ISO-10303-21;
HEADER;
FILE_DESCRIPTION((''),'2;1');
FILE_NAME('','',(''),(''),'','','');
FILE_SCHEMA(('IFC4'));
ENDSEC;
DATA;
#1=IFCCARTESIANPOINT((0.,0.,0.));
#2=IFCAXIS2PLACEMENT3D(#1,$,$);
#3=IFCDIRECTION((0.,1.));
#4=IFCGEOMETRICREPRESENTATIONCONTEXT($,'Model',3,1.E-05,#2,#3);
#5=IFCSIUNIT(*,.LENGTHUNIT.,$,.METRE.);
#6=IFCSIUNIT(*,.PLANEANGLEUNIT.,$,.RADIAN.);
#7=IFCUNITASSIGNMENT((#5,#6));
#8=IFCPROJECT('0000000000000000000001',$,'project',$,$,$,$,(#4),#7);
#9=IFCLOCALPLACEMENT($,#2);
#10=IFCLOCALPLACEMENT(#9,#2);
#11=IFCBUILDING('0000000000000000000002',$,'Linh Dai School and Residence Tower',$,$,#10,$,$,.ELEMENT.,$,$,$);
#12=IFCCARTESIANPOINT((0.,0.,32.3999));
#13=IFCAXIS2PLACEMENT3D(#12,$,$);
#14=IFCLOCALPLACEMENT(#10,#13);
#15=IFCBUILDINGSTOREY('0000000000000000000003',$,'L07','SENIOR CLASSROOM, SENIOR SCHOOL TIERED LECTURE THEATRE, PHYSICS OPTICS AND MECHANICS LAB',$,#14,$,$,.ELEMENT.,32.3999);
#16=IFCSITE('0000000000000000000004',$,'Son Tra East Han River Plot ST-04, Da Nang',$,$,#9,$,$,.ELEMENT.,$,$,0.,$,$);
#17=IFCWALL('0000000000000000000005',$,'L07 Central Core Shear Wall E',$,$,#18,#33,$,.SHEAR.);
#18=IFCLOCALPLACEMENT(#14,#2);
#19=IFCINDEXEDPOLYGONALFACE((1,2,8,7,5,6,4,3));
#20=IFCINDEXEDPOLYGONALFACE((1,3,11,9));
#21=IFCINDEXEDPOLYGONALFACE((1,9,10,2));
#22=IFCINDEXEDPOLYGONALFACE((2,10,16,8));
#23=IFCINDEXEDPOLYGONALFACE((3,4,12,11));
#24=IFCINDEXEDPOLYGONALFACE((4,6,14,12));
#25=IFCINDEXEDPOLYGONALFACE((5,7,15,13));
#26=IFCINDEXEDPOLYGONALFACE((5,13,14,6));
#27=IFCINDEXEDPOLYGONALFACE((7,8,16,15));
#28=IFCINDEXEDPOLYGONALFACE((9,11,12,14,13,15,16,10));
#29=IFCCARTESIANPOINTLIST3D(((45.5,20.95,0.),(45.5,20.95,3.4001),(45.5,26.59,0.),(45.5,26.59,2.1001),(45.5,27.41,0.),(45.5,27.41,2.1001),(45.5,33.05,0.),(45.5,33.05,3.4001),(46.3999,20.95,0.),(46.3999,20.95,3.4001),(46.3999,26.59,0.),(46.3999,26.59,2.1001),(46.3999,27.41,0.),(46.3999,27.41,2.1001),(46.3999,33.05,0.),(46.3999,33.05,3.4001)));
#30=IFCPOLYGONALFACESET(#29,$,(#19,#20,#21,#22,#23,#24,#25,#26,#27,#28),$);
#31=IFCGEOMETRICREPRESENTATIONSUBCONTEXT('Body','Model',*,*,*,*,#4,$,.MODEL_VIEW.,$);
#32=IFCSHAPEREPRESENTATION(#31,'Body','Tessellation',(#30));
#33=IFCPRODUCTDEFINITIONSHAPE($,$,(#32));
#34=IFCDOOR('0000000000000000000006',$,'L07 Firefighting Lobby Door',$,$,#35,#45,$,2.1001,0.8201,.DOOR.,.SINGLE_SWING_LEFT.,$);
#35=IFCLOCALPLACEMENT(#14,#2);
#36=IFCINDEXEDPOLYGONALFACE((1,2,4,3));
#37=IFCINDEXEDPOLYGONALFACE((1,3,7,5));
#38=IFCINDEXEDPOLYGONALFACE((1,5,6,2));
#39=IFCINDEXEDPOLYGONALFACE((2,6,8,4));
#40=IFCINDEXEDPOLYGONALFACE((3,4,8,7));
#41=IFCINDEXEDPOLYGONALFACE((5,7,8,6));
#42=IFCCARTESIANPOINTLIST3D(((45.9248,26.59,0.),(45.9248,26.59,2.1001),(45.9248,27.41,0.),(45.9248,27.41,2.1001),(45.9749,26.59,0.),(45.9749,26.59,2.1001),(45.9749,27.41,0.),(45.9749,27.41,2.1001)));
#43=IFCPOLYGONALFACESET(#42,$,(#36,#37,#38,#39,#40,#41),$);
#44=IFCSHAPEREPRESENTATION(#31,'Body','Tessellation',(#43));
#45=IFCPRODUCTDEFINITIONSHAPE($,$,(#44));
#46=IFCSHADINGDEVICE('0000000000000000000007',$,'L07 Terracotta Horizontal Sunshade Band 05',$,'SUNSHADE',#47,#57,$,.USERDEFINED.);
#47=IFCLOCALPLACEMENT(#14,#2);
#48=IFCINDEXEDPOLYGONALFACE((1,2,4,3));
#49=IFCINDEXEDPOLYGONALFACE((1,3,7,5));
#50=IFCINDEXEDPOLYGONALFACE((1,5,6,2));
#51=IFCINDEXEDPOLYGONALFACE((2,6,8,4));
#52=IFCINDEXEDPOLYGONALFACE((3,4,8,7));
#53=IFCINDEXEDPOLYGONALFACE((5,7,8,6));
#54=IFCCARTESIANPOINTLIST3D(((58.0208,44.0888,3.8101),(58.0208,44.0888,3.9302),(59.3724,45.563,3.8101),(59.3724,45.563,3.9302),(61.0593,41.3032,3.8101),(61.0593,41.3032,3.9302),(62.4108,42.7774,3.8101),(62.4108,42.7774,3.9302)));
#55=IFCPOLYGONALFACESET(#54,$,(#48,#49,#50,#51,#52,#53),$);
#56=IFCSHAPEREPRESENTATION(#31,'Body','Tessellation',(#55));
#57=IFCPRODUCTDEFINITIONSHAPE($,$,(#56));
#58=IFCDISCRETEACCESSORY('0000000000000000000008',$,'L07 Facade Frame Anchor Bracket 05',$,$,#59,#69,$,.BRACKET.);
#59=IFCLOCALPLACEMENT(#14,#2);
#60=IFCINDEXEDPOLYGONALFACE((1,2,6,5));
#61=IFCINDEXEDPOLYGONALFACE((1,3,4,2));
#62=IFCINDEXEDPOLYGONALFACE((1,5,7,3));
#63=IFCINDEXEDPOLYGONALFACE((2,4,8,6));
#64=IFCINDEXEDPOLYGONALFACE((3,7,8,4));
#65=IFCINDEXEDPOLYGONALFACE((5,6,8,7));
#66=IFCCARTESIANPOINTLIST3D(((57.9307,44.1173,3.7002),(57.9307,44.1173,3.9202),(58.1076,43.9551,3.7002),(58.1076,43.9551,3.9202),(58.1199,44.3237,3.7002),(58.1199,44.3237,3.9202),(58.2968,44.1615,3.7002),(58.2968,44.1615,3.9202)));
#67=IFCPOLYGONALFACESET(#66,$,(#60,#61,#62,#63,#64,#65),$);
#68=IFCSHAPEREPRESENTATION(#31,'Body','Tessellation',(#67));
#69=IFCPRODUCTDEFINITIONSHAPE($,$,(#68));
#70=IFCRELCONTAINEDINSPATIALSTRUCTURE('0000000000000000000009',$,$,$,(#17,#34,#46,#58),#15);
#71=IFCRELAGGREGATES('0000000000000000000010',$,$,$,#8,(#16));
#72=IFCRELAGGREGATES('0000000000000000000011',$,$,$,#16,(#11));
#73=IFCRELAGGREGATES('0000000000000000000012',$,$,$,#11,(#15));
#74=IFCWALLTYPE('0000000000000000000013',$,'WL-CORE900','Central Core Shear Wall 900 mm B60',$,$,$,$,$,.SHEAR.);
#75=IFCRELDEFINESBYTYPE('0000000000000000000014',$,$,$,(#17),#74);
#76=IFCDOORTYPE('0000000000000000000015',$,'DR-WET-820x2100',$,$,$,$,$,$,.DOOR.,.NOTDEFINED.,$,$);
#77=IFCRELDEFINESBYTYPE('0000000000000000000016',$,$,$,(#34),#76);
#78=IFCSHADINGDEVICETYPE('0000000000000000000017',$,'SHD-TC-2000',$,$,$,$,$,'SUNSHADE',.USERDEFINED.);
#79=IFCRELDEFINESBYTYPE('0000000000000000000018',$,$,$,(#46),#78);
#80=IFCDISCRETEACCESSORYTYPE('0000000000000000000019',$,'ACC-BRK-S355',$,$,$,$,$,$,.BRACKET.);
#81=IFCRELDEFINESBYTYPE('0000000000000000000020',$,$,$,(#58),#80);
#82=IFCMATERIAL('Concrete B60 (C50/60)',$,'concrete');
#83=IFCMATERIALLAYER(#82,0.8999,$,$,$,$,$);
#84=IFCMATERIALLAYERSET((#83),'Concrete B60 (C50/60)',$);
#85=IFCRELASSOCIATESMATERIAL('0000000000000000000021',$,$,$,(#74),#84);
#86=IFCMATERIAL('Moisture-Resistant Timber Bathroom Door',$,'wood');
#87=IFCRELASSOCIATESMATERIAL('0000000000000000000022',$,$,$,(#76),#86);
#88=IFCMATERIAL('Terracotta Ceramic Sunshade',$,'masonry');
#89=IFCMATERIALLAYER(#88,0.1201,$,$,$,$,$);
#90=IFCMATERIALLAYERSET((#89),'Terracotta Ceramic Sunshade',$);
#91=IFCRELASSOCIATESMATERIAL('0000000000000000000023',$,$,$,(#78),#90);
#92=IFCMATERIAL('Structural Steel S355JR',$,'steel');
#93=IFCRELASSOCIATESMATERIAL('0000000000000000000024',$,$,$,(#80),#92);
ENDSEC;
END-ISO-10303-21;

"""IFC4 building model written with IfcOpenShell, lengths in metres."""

from ifc_helpers import new_model, si_unit, direction, frame, frame_2d, origin, origin_2d, place, context, subcontext, project, spatial, rectangle, extrude, source, transform, mapped, material, layer, layer_set, type_object, element, fill, save


model = new_model("IFC4")

# Units and contexts
model_context = context("Model", 3, precision=1e-05, world=origin(), true_north=direction((0.0, 1.0)))
body_context = subcontext(model_context, "Body", "Model", "MODEL_VIEW")
ifc_project = project(units=[si_unit("LENGTHUNIT", "METRE"), si_unit("PLANEANGLEUNIT", "RADIAN")], contexts=[model_context])

# Site, building, storey
site_placement = place(None, origin())
site = spatial("IfcSite", under=ifc_project, at=site_placement, Name="Son Tra East Han River Plot ST-04, Da Nang", CompositionType="ELEMENT", RefElevation=0.0)
building_placement = place(site_placement, origin())
building = spatial("IfcBuilding", under=site, at=building_placement, Name="Linh Dai School and Residence Tower", CompositionType="ELEMENT")
storey_placement = place(building_placement, frame((0.0, 0.0, 32.3999)))
storey = spatial("IfcBuildingStorey", under=building, at=storey_placement, Name="L07", Description="SENIOR CLASSROOM, SENIOR SCHOOL TIERED LECTURE THEATRE, PHYSICS OPTICS AND MECHANICS LAB", CompositionType="ELEMENT", Elevation=32.3999)

# Shared definitions
ifc_material_1 = material(Name="Concrete B60 (C50/60)", Category="concrete")
ifc_material_2 = material(Name="Structural Steel S355JR", Category="steel")

# Wall, opening, door
ifc_layer_1 = layer(ifc_material_1, 0.8999)
ifc_layer_set_1 = layer_set([ifc_layer_1], Name="Concrete B60 (C50/60)")
wall_type_1 = type_object("IfcWallType", Name="WL-CORE900", Description="Central Core Shear Wall 900 mm B60", PredefinedType="SHEAR", material=ifc_layer_set_1)
wall_1_placement = place(storey_placement, frame((45.95, 33.05, 0.0), z_axis=(0.0, 0.0, 1.0), x_axis=(0.0, -1.0, 0.0)))
wall_1 = element("IfcWall", 1, at=wall_1_placement, inside=storey, type_object=wall_type_1, Name="L07 Central Core Shear Wall E", PredefinedType="SHEAR", context=body_context, shape_type="SweptSolid", body=[
    extrude(rectangle(XDim=12.1001, YDim=0.8999, at=frame_2d((6.05, 0.0))), origin(), (0.0, 0.0, 1.0), 3.4001),
])
opening_1_placement = place(wall_1_placement, frame((5.6399, 0.0, 0.0)))
opening_1 = element("IfcOpeningElement", 2, at=opening_1_placement, cuts=wall_1, PredefinedType="OPENING", context=body_context, shape_type="SweptSolid", body=[
    extrude(rectangle(XDim=0.8201, YDim=2.1001, at=origin_2d()), frame((0.4102, 0.46, 1.05), z_axis=(0.0, -1.0, 0.0), x_axis=(1.0, 0.0, 0.0)), (0.0, 0.0, 1.0), 0.9199),
])
ifc_material_3 = material(Name="Moisture-Resistant Timber Bathroom Door", Category="wood")
door_type = type_object("IfcDoorType", Name="DR-WET-820x2100", OperationType="NOTDEFINED", PredefinedType="DOOR", material=ifc_material_3)
shared_shape_1 = source(origin(), body_context, "Body", "SweptSolid", [
    extrude(rectangle(XDim=0.8201, YDim=2.1001, at=origin_2d()), frame((0.4102, 0.0249, 1.05), z_axis=(0.0, -1.0, 0.0), x_axis=(1.0, 0.0, 0.0)), (0.0, 0.0, 1.0), 0.05),
])
door_placement = place(opening_1_placement, origin())
door = element("IfcDoor", 3, at=door_placement, inside=storey, type_object=door_type, Name="L07 Firefighting Lobby Door", OperationType="SINGLE_SWING_LEFT", OverallHeight=2.1001, OverallWidth=0.8201, PredefinedType="DOOR", context=body_context, shape_type="MappedRepresentation", body=[
    mapped(shared_shape_1, transform((0.0, 0.0, 0.0), x_axis=(1.0, 0.0, 0.0), y_axis=(0.0, 1.0, 0.0), z_axis=(0.0, 0.0, 1.0), scale=1.0)),
])
fill(opening_1, door)

# Shading device
ifc_material_4 = material(Name="Terracotta Ceramic Sunshade", Category="masonry")
ifc_layer_2 = layer(ifc_material_4, 0.1201)
ifc_layer_set_2 = layer_set([ifc_layer_2], Name="Terracotta Ceramic Sunshade")
shading_device_type = type_object("IfcShadingDeviceType", Name="SHD-TC-2000", ElementType="SUNSHADE", PredefinedType="USERDEFINED", material=ifc_layer_set_2)
shared_shape_2 = source(origin(), body_context, "Body", "SweptSolid", [
    extrude(rectangle(XDim=4.1221, YDim=2.0, at=origin_2d()), origin(), (0.0, 0.0, 1.0), 0.1201),
])
shading_device_placement = place(storey_placement, frame((60.2158, 43.4331, 3.8101), z_axis=(0.0, 0.0, 1.0), x_axis=(0.737113, -0.675769, 0.0)))
element("IfcShadingDevice", 4, at=shading_device_placement, inside=storey, type_object=shading_device_type, Name="L07 Terracotta Horizontal Sunshade Band 05", ObjectType="SUNSHADE", PredefinedType="USERDEFINED", context=body_context, shape_type="MappedRepresentation", body=[
    mapped(shared_shape_2, transform((0.0, 0.0, 0.0), x_axis=(1.0, 0.0, 0.0), y_axis=(0.0, 1.0, 0.0), z_axis=(0.0, 0.0, 1.0), scale=1.0)),
])

# Discrete accessory
discrete_accessory_type = type_object("IfcDiscreteAccessoryType", Name="ACC-BRK-S355", PredefinedType="BRACKET", material=ifc_material_2)
shared_shape_3 = source(origin(), body_context, "Body", "SweptSolid", [
    extrude(rectangle(XDim=0.28, YDim=0.24, at=origin_2d()), origin(), (0.0, 0.0, 1.0), 0.22),
])
discrete_accessory_placement = place(storey_placement, frame((58.1138, 44.1394, 3.7002), z_axis=(0.0, 0.0, 1.0), x_axis=(0.675769, 0.737113, 0.0)))
element("IfcDiscreteAccessory", 5, at=discrete_accessory_placement, inside=storey, type_object=discrete_accessory_type, Name="L07 Facade Frame Anchor Bracket 05", PredefinedType="BRACKET", context=body_context, shape_type="MappedRepresentation", body=[
    mapped(shared_shape_3, transform((0.0, 0.0, 0.0), x_axis=(1.0, 0.0, 0.0), y_axis=(0.0, 1.0, 0.0), z_axis=(0.0, 0.0, 1.0), scale=1.0)),
])

save(model, "model.ifc")
